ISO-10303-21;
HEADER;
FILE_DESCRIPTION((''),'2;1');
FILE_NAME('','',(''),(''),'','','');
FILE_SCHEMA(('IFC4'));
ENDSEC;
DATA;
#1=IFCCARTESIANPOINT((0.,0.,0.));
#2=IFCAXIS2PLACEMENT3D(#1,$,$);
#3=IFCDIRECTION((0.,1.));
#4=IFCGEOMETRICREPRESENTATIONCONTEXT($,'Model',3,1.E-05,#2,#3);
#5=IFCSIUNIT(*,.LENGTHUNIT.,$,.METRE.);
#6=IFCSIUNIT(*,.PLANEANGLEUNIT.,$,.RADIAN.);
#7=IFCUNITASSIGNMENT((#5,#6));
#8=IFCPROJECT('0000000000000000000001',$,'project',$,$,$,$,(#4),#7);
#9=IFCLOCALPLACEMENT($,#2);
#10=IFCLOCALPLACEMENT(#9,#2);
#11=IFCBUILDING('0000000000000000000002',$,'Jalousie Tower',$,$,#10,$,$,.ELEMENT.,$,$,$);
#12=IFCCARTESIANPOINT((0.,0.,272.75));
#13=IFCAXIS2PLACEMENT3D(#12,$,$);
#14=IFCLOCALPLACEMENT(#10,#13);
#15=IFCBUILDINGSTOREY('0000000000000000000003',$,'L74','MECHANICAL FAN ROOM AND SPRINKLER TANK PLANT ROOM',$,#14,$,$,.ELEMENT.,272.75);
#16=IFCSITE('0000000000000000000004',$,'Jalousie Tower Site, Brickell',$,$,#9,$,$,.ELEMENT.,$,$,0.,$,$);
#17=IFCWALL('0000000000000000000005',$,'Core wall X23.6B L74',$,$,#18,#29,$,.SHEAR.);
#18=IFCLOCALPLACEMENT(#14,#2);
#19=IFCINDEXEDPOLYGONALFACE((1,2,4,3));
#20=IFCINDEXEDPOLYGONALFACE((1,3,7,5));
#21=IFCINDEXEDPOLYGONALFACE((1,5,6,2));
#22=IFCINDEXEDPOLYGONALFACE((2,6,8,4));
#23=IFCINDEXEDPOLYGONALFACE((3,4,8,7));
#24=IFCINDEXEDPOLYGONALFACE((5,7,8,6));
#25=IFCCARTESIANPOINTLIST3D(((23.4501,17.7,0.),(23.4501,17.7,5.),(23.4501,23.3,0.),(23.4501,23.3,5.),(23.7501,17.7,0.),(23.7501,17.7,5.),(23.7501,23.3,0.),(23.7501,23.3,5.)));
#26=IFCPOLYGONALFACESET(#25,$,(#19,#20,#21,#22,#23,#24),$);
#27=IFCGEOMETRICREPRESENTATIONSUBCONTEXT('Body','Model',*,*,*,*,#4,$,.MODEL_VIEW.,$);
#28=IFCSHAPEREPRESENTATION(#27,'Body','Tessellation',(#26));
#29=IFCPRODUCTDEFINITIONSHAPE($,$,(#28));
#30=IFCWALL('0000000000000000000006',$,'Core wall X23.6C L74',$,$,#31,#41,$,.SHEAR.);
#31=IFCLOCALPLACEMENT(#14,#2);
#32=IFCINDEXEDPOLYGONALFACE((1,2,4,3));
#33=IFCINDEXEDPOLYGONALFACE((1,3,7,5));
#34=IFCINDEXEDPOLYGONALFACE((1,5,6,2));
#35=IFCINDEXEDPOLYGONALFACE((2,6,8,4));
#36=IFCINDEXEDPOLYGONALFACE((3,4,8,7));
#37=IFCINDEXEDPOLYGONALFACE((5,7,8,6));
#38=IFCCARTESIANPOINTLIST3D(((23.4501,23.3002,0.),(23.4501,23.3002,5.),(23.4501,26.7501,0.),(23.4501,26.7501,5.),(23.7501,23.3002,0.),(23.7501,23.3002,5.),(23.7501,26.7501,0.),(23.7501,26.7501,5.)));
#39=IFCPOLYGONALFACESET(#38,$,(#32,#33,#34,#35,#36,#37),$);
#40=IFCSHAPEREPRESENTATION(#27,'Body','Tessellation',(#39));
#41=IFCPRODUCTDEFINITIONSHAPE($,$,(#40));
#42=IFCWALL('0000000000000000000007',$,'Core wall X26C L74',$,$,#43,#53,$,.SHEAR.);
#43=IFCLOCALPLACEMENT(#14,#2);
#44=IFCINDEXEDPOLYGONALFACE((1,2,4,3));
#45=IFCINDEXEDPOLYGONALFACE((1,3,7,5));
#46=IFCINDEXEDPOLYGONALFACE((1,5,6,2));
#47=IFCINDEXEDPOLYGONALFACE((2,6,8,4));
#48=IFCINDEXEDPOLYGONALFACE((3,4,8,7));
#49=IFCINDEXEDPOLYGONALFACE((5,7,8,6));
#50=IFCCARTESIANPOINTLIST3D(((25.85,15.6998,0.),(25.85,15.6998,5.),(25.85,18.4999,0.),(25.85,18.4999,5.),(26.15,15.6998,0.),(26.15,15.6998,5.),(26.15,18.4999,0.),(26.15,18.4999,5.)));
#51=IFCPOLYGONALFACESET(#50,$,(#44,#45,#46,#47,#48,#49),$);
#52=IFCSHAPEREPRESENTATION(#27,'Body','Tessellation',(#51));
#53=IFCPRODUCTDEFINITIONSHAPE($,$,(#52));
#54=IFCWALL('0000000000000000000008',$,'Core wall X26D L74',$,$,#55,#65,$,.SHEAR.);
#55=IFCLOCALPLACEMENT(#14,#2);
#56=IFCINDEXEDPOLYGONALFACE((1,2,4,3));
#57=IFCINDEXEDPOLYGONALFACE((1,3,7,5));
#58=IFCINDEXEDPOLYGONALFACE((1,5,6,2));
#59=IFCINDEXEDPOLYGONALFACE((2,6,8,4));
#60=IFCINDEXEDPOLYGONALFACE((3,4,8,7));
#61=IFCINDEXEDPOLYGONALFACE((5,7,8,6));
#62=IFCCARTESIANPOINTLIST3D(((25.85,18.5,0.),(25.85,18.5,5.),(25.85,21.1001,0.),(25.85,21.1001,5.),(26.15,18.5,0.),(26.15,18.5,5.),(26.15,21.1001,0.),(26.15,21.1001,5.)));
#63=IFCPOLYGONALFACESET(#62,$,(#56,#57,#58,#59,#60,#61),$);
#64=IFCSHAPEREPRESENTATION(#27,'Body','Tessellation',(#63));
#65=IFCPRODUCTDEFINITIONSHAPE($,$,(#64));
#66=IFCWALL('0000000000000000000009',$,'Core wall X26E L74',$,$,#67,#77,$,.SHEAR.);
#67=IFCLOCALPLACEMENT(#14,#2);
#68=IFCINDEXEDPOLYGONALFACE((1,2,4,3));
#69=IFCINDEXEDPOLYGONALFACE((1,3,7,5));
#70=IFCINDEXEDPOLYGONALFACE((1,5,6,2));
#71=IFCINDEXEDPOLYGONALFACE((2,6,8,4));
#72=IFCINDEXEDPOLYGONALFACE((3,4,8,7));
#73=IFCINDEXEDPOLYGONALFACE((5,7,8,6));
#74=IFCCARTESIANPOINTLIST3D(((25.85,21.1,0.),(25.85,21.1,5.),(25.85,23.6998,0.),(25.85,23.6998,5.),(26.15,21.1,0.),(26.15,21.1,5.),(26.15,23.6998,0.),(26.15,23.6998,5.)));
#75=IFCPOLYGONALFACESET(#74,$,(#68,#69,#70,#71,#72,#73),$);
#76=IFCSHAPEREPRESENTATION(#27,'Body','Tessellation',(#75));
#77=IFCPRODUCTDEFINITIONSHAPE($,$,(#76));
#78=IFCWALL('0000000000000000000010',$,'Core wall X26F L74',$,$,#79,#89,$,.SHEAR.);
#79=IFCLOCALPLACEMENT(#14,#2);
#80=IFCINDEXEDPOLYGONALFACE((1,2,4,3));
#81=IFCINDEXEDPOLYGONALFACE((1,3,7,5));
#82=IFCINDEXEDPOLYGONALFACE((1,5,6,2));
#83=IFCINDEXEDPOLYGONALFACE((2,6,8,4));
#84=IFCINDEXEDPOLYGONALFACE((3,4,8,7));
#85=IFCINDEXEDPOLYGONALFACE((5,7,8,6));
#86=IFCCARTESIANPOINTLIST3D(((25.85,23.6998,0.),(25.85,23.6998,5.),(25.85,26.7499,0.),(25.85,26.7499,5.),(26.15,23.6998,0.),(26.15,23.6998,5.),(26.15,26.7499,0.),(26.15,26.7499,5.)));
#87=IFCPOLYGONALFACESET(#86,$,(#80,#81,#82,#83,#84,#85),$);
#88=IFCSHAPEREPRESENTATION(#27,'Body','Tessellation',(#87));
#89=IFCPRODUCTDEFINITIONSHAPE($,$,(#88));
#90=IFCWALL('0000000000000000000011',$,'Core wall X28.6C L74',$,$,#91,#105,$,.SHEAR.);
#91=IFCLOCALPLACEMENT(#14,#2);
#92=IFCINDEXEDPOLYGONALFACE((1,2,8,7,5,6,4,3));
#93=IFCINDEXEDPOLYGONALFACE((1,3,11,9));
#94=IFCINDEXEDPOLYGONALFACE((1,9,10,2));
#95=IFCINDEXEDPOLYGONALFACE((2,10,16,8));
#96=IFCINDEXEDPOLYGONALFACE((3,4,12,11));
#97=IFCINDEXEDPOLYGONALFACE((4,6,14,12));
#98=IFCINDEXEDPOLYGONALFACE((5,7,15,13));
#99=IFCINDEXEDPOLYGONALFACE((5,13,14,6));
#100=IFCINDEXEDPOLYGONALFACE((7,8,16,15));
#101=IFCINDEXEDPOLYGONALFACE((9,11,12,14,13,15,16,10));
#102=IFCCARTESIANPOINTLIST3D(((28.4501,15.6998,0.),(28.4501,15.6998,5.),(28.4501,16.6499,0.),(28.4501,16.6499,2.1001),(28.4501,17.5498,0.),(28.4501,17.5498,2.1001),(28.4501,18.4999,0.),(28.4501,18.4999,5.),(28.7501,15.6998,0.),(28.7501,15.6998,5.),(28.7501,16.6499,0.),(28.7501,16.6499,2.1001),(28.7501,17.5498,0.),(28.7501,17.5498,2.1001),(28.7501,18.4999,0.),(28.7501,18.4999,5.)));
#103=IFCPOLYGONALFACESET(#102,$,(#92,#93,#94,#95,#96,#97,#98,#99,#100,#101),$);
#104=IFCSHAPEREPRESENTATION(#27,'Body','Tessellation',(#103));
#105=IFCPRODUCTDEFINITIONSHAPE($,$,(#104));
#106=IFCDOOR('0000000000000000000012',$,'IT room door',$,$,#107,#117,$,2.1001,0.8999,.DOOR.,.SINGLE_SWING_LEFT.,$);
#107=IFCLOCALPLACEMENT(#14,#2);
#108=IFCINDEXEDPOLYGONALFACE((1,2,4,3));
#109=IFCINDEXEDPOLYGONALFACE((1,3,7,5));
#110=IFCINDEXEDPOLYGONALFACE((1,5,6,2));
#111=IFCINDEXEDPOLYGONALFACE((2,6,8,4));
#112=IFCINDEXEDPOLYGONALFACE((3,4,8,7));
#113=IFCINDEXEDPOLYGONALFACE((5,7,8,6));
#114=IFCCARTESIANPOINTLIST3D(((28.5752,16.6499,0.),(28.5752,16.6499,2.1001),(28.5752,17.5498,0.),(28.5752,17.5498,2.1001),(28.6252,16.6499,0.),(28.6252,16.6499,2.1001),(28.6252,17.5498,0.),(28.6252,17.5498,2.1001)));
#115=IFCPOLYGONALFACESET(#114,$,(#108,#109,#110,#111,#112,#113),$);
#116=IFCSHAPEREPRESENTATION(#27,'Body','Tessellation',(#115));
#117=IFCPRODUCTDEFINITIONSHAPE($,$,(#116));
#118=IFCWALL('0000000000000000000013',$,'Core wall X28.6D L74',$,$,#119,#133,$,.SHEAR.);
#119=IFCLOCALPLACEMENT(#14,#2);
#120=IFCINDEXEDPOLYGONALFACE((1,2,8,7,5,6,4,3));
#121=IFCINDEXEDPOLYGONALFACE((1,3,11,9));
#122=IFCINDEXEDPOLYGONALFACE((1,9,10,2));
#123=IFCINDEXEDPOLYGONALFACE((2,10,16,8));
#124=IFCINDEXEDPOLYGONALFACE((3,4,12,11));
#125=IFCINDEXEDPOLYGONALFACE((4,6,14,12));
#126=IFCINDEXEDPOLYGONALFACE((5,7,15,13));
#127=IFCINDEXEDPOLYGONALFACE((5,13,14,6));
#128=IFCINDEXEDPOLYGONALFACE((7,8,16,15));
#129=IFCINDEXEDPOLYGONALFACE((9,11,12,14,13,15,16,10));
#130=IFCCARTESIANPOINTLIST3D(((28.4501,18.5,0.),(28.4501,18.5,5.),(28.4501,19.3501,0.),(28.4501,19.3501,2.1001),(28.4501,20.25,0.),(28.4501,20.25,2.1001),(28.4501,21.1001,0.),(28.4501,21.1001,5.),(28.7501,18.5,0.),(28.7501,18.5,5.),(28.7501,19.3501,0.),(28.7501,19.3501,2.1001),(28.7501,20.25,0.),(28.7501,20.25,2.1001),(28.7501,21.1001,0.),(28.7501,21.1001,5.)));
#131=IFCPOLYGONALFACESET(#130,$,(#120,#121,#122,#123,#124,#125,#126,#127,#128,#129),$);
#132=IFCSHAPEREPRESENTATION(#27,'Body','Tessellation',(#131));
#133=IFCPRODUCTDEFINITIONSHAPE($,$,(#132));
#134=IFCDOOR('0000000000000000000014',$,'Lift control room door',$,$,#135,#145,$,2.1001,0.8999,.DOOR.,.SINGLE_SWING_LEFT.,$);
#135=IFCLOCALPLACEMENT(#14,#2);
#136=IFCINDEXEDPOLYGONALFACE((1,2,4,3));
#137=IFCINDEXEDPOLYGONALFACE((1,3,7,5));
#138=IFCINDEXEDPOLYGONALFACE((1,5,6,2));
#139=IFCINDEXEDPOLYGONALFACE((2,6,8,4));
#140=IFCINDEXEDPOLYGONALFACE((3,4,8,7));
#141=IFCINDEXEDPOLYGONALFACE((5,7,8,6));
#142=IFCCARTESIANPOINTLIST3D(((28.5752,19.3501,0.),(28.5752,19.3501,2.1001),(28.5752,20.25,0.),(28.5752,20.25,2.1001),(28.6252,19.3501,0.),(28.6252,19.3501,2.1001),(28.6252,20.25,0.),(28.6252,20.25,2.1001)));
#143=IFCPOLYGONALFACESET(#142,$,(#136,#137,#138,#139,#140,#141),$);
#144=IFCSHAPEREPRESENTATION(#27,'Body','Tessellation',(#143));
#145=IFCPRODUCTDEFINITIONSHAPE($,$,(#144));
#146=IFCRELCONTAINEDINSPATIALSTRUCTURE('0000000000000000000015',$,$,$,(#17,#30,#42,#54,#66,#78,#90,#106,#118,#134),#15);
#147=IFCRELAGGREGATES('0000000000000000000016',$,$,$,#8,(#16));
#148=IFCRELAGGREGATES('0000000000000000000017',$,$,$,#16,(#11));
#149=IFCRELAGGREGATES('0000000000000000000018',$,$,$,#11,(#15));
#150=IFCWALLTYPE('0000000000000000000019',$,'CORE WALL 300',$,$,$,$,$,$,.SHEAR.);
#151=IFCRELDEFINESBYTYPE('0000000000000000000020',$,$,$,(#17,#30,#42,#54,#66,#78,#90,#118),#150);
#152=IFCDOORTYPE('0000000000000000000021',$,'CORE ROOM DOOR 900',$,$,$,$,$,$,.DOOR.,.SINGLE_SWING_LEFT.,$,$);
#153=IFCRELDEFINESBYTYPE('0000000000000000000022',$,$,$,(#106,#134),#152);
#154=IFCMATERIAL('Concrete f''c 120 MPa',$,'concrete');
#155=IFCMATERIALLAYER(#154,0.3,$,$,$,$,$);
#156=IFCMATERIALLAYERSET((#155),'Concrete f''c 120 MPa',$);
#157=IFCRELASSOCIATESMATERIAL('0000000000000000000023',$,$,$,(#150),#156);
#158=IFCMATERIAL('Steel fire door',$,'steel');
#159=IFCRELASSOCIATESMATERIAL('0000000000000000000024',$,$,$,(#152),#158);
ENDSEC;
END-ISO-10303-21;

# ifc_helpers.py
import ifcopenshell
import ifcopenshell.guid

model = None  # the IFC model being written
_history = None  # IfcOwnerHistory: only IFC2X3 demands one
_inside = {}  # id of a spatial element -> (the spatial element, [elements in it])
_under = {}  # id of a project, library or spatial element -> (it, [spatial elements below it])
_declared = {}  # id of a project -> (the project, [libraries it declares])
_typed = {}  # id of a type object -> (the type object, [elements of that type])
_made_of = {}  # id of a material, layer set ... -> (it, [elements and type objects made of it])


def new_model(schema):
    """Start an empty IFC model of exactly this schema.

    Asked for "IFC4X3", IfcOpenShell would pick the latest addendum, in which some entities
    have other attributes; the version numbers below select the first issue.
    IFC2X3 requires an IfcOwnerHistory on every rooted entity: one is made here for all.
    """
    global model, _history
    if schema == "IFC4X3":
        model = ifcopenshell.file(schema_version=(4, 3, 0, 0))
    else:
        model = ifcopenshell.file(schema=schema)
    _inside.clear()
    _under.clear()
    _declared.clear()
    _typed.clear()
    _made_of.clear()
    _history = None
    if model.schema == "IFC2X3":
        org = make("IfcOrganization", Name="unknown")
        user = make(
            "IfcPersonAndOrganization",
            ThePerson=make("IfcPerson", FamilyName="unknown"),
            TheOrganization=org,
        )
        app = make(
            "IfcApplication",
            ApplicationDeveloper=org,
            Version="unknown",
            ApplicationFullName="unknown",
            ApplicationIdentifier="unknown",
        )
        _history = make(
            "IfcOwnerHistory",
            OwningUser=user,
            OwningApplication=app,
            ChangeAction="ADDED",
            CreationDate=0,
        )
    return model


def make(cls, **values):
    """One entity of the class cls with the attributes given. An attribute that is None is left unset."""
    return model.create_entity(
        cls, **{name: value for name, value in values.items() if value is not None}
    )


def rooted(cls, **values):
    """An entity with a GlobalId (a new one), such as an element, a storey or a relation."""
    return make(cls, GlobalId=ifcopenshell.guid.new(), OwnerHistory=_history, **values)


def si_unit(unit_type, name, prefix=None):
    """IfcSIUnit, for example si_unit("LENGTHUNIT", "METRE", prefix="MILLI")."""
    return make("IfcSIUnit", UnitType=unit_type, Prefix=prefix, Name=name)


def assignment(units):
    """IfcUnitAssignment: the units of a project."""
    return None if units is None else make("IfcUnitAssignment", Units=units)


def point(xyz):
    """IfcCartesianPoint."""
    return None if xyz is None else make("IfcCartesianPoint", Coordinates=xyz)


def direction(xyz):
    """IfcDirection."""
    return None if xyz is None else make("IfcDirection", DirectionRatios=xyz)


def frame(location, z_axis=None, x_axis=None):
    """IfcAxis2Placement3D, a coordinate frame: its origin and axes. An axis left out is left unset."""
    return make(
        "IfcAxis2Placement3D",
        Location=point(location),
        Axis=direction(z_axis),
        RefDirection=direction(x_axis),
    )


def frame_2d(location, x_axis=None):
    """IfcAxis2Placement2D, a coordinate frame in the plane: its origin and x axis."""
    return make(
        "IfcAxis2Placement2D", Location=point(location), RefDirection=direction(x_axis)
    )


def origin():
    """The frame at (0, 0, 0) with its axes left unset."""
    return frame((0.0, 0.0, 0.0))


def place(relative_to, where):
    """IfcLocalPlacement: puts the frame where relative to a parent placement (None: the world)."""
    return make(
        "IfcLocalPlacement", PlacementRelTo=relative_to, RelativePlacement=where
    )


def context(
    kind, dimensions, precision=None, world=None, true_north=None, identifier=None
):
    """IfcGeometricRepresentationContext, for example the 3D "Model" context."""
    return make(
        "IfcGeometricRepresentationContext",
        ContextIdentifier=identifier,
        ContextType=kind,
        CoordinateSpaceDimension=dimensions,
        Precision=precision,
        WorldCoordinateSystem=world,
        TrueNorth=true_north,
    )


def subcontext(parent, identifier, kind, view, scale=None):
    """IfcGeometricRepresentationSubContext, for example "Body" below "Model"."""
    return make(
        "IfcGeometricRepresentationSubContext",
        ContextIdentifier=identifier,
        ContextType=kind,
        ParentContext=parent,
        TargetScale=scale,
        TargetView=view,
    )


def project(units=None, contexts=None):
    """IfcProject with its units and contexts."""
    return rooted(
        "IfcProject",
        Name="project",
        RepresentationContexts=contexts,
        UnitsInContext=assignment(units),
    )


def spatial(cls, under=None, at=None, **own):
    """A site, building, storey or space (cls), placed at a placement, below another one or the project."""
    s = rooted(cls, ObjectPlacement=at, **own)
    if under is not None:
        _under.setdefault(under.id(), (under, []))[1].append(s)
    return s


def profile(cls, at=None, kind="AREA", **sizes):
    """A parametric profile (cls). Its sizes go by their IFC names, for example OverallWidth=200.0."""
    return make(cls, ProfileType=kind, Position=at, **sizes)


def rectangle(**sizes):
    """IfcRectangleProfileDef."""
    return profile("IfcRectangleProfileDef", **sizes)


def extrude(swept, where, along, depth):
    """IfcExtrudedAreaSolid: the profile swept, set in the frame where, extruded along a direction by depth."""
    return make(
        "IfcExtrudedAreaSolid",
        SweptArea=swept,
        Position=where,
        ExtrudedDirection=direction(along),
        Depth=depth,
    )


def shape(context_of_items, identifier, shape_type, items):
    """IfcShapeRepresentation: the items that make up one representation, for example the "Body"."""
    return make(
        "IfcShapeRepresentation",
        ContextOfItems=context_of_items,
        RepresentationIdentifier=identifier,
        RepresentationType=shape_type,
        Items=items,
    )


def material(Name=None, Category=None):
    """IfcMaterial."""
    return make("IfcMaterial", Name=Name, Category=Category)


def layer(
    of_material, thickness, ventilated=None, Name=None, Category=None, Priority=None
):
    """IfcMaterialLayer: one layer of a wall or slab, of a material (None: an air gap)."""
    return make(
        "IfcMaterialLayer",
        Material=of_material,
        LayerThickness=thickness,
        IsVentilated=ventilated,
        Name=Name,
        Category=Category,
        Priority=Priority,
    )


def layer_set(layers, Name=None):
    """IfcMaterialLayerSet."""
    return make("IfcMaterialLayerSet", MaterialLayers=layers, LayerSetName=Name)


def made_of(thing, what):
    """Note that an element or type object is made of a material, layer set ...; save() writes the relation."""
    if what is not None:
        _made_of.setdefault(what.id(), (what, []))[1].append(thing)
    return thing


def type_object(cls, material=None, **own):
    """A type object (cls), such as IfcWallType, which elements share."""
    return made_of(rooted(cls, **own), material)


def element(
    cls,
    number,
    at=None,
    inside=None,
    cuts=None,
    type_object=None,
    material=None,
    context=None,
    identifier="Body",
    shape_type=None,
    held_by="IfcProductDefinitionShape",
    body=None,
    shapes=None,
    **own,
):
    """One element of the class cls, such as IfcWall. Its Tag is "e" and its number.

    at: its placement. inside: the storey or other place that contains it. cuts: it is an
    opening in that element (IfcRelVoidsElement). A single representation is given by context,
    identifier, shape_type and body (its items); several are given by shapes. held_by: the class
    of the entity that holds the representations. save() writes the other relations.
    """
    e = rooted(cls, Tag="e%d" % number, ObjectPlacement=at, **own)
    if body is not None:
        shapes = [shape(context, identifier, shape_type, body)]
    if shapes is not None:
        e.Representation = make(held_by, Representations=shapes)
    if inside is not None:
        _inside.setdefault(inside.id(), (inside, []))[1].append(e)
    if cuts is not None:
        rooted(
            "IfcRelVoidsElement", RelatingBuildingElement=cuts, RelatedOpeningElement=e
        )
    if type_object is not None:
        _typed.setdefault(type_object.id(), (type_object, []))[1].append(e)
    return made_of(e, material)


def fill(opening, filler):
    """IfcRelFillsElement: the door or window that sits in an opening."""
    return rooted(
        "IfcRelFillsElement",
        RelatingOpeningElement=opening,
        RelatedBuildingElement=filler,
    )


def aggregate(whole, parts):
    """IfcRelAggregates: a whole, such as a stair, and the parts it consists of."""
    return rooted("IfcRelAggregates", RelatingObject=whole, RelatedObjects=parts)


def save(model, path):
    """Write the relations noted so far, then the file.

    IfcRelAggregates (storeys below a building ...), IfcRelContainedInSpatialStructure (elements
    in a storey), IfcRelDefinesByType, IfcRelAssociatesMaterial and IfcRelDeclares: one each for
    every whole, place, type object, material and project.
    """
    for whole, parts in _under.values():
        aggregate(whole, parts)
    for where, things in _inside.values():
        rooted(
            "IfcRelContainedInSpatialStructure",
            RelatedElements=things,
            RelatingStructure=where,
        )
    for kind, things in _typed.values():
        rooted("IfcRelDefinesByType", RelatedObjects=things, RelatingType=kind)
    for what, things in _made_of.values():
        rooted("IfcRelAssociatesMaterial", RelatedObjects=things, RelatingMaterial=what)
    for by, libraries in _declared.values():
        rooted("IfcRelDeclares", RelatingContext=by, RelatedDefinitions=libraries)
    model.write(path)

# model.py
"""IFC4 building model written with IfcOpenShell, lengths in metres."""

from ifc_helpers import new_model, si_unit, direction, frame, frame_2d, origin, place, context, subcontext, project, spatial, rectangle, extrude, material, layer, layer_set, type_object, element, fill, save


model = new_model("IFC4")

# Units and contexts
model_context = context("Model", 3, precision=1e-05, world=origin(), true_north=direction((0.0, 1.0)))
body_context = subcontext(model_context, "Body", "Model", "MODEL_VIEW")
ifc_project = project(units=[si_unit("LENGTHUNIT", "METRE"), si_unit("PLANEANGLEUNIT", "RADIAN")], contexts=[model_context])

# Site, building, storey
site_placement = place(None, origin())
site = spatial("IfcSite", under=ifc_project, at=site_placement, Name="Jalousie Tower Site, Brickell", CompositionType="ELEMENT", RefElevation=0.0)
building_placement = place(site_placement, origin())
building = spatial("IfcBuilding", under=site, at=building_placement, Name="Jalousie Tower", CompositionType="ELEMENT")
storey_placement = place(building_placement, frame((0.0, 0.0, 272.75)))
storey = spatial("IfcBuildingStorey", under=building, at=storey_placement, Name="L74", Description="MECHANICAL FAN ROOM AND SPRINKLER TANK PLANT ROOM", CompositionType="ELEMENT", Elevation=272.75)

# Walls
ifc_material_1 = material(Name="Concrete f'c 120 MPa", Category="concrete")
ifc_layer = layer(ifc_material_1, 0.3)
ifc_layer_set = layer_set([ifc_layer], Name="Concrete f'c 120 MPa")
wall_type_1 = type_object("IfcWallType", Name="CORE WALL 300", PredefinedType="SHEAR", material=ifc_layer_set)
wall_1_placement = place(storey_placement, frame((23.6001, 17.7, 0.0), z_axis=(0.0, 0.0, 1.0), x_axis=(0.0, 1.0, 0.0)))
element("IfcWall", 1, at=wall_1_placement, inside=storey, type_object=wall_type_1, Name="Core wall X23.6B L74", PredefinedType="SHEAR", context=body_context, shape_type="SweptSolid", body=[
    extrude(rectangle(XDim=5.6001, YDim=0.3, at=frame_2d((2.8, 0.0))), origin(), (0.0, 0.0, 1.0), 5.0),
])
wall_2_placement = place(storey_placement, frame((23.6001, 23.3, 0.0), z_axis=(0.0, 0.0, 1.0), x_axis=(0.0, 1.0, 0.0)))
element("IfcWall", 2, at=wall_2_placement, inside=storey, type_object=wall_type_1, Name="Core wall X23.6C L74", PredefinedType="SHEAR", context=body_context, shape_type="SweptSolid", body=[
    extrude(rectangle(XDim=3.45, YDim=0.3, at=frame_2d((1.7251, 0.0))), origin(), (0.0, 0.0, 1.0), 5.0),
])
wall_3_placement = place(storey_placement, frame((26.0, 15.7, 0.0), z_axis=(0.0, 0.0, 1.0), x_axis=(0.0, 1.0, 0.0)))
element("IfcWall", 3, at=wall_3_placement, inside=storey, type_object=wall_type_1, Name="Core wall X26C L74", PredefinedType="SHEAR", context=body_context, shape_type="SweptSolid", body=[
    extrude(rectangle(XDim=2.8, YDim=0.3, at=frame_2d((1.3999, 0.0))), origin(), (0.0, 0.0, 1.0), 5.0),
])
wall_4_placement = place(storey_placement, frame((26.0, 18.5, 0.0), z_axis=(0.0, 0.0, 1.0), x_axis=(0.0, 1.0, 0.0)))
element("IfcWall", 4, at=wall_4_placement, inside=storey, type_object=wall_type_1, Name="Core wall X26D L74", PredefinedType="SHEAR", context=body_context, shape_type="SweptSolid", body=[
    extrude(rectangle(XDim=2.6001, YDim=0.3, at=frame_2d((1.3, 0.0))), origin(), (0.0, 0.0, 1.0), 5.0),
])
wall_5_placement = place(storey_placement, frame((26.0, 21.1001, 0.0), z_axis=(0.0, 0.0, 1.0), x_axis=(0.0, 1.0, 0.0)))
element("IfcWall", 5, at=wall_5_placement, inside=storey, type_object=wall_type_1, Name="Core wall X26E L74", PredefinedType="SHEAR", context=body_context, shape_type="SweptSolid", body=[
    extrude(rectangle(XDim=2.5999, YDim=0.3, at=frame_2d((1.2998, 0.0))), origin(), (0.0, 0.0, 1.0), 5.0),
])
wall_6_placement = place(storey_placement, frame((26.0, 23.7, 0.0), z_axis=(0.0, 0.0, 1.0), x_axis=(0.0, 1.0, 0.0)))
element("IfcWall", 6, at=wall_6_placement, inside=storey, type_object=wall_type_1, Name="Core wall X26F L74", PredefinedType="SHEAR", context=body_context, shape_type="SweptSolid", body=[
    extrude(rectangle(XDim=3.05, YDim=0.3, at=frame_2d((1.5249, 0.0))), origin(), (0.0, 0.0, 1.0), 5.0),
])

# Walls, openings, doors
wall_7_placement = place(storey_placement, frame((28.6001, 15.7, 0.0), z_axis=(0.0, 0.0, 1.0), x_axis=(0.0, 1.0, 0.0)))
wall_7 = element("IfcWall", 7, at=wall_7_placement, inside=storey, type_object=wall_type_1, Name="Core wall X28.6C L74", PredefinedType="SHEAR", context=body_context, shape_type="SweptSolid", body=[
    extrude(rectangle(XDim=2.8, YDim=0.3, at=frame_2d((1.3999, 0.0))), origin(), (0.0, 0.0, 1.0), 5.0),
])
opening_1_placement = place(wall_7_placement, frame((0.95, 0.0, 0.0)))
opening_1 = element("IfcOpeningElement", 8, at=opening_1_placement, cuts=wall_7, PredefinedType="OPENING", context=body_context, shape_type="SweptSolid", body=[
    extrude(rectangle(XDim=0.8999, YDim=2.1001, at=frame_2d((0.45, 1.05))), frame((0.0, 0.1599, 0.0), z_axis=(0.0, -1.0, 0.0), x_axis=(1.0, 0.0, 0.0)), (0.0, 0.0, 1.0), 0.3201),
])
ifc_material_2 = material(Name="Steel fire door", Category="steel")
door_type_1 = type_object("IfcDoorType", Name="CORE ROOM DOOR 900", OperationType="SINGLE_SWING_LEFT", PredefinedType="DOOR", material=ifc_material_2)
door_1_placement = place(opening_1_placement, origin())
door_1 = element("IfcDoor", 9, at=door_1_placement, inside=storey, type_object=door_type_1, Name="IT room door", OperationType="SINGLE_SWING_LEFT", OverallHeight=2.1001, OverallWidth=0.8999, PredefinedType="DOOR", context=body_context, shape_type="SweptSolid", body=[
    extrude(rectangle(XDim=0.8999, YDim=2.1001, at=frame_2d((0.45, 1.05))), frame((0.0, 0.0249, 0.0), z_axis=(0.0, -1.0, 0.0), x_axis=(1.0, 0.0, 0.0)), (0.0, 0.0, 1.0), 0.05),
])
fill(opening_1, door_1)
wall_8_placement = place(storey_placement, frame((28.6001, 18.5, 0.0), z_axis=(0.0, 0.0, 1.0), x_axis=(0.0, 1.0, 0.0)))
wall_8 = element("IfcWall", 10, at=wall_8_placement, inside=storey, type_object=wall_type_1, Name="Core wall X28.6D L74", PredefinedType="SHEAR", context=body_context, shape_type="SweptSolid", body=[
    extrude(rectangle(XDim=2.6001, YDim=0.3, at=frame_2d((1.3, 0.0))), origin(), (0.0, 0.0, 1.0), 5.0),
])
opening_2_placement = place(wall_8_placement, frame((0.8501, 0.0, 0.0)))
opening_2 = element("IfcOpeningElement", 11, at=opening_2_placement, cuts=wall_8, PredefinedType="OPENING", context=body_context, shape_type="SweptSolid", body=[
    extrude(rectangle(XDim=0.8999, YDim=2.1001, at=frame_2d((0.45, 1.05))), frame((0.0, 0.1599, 0.0), z_axis=(0.0, -1.0, 0.0), x_axis=(1.0, 0.0, 0.0)), (0.0, 0.0, 1.0), 0.3201),
])
door_2_placement = place(opening_2_placement, origin())
door_2 = element("IfcDoor", 12, at=door_2_placement, inside=storey, type_object=door_type_1, Name="Lift control room door", OperationType="SINGLE_SWING_LEFT", OverallHeight=2.1001, OverallWidth=0.8999, PredefinedType="DOOR", context=body_context, shape_type="SweptSolid", body=[
    extrude(rectangle(XDim=0.8999, YDim=2.1001, at=frame_2d((0.45, 1.05))), frame((0.0, 0.0249, 0.0), z_axis=(0.0, -1.0, 0.0), x_axis=(1.0, 0.0, 0.0)), (0.0, 0.0, 1.0), 0.05),
])
fill(opening_2, door_2)

save(model, "model.ifc")
